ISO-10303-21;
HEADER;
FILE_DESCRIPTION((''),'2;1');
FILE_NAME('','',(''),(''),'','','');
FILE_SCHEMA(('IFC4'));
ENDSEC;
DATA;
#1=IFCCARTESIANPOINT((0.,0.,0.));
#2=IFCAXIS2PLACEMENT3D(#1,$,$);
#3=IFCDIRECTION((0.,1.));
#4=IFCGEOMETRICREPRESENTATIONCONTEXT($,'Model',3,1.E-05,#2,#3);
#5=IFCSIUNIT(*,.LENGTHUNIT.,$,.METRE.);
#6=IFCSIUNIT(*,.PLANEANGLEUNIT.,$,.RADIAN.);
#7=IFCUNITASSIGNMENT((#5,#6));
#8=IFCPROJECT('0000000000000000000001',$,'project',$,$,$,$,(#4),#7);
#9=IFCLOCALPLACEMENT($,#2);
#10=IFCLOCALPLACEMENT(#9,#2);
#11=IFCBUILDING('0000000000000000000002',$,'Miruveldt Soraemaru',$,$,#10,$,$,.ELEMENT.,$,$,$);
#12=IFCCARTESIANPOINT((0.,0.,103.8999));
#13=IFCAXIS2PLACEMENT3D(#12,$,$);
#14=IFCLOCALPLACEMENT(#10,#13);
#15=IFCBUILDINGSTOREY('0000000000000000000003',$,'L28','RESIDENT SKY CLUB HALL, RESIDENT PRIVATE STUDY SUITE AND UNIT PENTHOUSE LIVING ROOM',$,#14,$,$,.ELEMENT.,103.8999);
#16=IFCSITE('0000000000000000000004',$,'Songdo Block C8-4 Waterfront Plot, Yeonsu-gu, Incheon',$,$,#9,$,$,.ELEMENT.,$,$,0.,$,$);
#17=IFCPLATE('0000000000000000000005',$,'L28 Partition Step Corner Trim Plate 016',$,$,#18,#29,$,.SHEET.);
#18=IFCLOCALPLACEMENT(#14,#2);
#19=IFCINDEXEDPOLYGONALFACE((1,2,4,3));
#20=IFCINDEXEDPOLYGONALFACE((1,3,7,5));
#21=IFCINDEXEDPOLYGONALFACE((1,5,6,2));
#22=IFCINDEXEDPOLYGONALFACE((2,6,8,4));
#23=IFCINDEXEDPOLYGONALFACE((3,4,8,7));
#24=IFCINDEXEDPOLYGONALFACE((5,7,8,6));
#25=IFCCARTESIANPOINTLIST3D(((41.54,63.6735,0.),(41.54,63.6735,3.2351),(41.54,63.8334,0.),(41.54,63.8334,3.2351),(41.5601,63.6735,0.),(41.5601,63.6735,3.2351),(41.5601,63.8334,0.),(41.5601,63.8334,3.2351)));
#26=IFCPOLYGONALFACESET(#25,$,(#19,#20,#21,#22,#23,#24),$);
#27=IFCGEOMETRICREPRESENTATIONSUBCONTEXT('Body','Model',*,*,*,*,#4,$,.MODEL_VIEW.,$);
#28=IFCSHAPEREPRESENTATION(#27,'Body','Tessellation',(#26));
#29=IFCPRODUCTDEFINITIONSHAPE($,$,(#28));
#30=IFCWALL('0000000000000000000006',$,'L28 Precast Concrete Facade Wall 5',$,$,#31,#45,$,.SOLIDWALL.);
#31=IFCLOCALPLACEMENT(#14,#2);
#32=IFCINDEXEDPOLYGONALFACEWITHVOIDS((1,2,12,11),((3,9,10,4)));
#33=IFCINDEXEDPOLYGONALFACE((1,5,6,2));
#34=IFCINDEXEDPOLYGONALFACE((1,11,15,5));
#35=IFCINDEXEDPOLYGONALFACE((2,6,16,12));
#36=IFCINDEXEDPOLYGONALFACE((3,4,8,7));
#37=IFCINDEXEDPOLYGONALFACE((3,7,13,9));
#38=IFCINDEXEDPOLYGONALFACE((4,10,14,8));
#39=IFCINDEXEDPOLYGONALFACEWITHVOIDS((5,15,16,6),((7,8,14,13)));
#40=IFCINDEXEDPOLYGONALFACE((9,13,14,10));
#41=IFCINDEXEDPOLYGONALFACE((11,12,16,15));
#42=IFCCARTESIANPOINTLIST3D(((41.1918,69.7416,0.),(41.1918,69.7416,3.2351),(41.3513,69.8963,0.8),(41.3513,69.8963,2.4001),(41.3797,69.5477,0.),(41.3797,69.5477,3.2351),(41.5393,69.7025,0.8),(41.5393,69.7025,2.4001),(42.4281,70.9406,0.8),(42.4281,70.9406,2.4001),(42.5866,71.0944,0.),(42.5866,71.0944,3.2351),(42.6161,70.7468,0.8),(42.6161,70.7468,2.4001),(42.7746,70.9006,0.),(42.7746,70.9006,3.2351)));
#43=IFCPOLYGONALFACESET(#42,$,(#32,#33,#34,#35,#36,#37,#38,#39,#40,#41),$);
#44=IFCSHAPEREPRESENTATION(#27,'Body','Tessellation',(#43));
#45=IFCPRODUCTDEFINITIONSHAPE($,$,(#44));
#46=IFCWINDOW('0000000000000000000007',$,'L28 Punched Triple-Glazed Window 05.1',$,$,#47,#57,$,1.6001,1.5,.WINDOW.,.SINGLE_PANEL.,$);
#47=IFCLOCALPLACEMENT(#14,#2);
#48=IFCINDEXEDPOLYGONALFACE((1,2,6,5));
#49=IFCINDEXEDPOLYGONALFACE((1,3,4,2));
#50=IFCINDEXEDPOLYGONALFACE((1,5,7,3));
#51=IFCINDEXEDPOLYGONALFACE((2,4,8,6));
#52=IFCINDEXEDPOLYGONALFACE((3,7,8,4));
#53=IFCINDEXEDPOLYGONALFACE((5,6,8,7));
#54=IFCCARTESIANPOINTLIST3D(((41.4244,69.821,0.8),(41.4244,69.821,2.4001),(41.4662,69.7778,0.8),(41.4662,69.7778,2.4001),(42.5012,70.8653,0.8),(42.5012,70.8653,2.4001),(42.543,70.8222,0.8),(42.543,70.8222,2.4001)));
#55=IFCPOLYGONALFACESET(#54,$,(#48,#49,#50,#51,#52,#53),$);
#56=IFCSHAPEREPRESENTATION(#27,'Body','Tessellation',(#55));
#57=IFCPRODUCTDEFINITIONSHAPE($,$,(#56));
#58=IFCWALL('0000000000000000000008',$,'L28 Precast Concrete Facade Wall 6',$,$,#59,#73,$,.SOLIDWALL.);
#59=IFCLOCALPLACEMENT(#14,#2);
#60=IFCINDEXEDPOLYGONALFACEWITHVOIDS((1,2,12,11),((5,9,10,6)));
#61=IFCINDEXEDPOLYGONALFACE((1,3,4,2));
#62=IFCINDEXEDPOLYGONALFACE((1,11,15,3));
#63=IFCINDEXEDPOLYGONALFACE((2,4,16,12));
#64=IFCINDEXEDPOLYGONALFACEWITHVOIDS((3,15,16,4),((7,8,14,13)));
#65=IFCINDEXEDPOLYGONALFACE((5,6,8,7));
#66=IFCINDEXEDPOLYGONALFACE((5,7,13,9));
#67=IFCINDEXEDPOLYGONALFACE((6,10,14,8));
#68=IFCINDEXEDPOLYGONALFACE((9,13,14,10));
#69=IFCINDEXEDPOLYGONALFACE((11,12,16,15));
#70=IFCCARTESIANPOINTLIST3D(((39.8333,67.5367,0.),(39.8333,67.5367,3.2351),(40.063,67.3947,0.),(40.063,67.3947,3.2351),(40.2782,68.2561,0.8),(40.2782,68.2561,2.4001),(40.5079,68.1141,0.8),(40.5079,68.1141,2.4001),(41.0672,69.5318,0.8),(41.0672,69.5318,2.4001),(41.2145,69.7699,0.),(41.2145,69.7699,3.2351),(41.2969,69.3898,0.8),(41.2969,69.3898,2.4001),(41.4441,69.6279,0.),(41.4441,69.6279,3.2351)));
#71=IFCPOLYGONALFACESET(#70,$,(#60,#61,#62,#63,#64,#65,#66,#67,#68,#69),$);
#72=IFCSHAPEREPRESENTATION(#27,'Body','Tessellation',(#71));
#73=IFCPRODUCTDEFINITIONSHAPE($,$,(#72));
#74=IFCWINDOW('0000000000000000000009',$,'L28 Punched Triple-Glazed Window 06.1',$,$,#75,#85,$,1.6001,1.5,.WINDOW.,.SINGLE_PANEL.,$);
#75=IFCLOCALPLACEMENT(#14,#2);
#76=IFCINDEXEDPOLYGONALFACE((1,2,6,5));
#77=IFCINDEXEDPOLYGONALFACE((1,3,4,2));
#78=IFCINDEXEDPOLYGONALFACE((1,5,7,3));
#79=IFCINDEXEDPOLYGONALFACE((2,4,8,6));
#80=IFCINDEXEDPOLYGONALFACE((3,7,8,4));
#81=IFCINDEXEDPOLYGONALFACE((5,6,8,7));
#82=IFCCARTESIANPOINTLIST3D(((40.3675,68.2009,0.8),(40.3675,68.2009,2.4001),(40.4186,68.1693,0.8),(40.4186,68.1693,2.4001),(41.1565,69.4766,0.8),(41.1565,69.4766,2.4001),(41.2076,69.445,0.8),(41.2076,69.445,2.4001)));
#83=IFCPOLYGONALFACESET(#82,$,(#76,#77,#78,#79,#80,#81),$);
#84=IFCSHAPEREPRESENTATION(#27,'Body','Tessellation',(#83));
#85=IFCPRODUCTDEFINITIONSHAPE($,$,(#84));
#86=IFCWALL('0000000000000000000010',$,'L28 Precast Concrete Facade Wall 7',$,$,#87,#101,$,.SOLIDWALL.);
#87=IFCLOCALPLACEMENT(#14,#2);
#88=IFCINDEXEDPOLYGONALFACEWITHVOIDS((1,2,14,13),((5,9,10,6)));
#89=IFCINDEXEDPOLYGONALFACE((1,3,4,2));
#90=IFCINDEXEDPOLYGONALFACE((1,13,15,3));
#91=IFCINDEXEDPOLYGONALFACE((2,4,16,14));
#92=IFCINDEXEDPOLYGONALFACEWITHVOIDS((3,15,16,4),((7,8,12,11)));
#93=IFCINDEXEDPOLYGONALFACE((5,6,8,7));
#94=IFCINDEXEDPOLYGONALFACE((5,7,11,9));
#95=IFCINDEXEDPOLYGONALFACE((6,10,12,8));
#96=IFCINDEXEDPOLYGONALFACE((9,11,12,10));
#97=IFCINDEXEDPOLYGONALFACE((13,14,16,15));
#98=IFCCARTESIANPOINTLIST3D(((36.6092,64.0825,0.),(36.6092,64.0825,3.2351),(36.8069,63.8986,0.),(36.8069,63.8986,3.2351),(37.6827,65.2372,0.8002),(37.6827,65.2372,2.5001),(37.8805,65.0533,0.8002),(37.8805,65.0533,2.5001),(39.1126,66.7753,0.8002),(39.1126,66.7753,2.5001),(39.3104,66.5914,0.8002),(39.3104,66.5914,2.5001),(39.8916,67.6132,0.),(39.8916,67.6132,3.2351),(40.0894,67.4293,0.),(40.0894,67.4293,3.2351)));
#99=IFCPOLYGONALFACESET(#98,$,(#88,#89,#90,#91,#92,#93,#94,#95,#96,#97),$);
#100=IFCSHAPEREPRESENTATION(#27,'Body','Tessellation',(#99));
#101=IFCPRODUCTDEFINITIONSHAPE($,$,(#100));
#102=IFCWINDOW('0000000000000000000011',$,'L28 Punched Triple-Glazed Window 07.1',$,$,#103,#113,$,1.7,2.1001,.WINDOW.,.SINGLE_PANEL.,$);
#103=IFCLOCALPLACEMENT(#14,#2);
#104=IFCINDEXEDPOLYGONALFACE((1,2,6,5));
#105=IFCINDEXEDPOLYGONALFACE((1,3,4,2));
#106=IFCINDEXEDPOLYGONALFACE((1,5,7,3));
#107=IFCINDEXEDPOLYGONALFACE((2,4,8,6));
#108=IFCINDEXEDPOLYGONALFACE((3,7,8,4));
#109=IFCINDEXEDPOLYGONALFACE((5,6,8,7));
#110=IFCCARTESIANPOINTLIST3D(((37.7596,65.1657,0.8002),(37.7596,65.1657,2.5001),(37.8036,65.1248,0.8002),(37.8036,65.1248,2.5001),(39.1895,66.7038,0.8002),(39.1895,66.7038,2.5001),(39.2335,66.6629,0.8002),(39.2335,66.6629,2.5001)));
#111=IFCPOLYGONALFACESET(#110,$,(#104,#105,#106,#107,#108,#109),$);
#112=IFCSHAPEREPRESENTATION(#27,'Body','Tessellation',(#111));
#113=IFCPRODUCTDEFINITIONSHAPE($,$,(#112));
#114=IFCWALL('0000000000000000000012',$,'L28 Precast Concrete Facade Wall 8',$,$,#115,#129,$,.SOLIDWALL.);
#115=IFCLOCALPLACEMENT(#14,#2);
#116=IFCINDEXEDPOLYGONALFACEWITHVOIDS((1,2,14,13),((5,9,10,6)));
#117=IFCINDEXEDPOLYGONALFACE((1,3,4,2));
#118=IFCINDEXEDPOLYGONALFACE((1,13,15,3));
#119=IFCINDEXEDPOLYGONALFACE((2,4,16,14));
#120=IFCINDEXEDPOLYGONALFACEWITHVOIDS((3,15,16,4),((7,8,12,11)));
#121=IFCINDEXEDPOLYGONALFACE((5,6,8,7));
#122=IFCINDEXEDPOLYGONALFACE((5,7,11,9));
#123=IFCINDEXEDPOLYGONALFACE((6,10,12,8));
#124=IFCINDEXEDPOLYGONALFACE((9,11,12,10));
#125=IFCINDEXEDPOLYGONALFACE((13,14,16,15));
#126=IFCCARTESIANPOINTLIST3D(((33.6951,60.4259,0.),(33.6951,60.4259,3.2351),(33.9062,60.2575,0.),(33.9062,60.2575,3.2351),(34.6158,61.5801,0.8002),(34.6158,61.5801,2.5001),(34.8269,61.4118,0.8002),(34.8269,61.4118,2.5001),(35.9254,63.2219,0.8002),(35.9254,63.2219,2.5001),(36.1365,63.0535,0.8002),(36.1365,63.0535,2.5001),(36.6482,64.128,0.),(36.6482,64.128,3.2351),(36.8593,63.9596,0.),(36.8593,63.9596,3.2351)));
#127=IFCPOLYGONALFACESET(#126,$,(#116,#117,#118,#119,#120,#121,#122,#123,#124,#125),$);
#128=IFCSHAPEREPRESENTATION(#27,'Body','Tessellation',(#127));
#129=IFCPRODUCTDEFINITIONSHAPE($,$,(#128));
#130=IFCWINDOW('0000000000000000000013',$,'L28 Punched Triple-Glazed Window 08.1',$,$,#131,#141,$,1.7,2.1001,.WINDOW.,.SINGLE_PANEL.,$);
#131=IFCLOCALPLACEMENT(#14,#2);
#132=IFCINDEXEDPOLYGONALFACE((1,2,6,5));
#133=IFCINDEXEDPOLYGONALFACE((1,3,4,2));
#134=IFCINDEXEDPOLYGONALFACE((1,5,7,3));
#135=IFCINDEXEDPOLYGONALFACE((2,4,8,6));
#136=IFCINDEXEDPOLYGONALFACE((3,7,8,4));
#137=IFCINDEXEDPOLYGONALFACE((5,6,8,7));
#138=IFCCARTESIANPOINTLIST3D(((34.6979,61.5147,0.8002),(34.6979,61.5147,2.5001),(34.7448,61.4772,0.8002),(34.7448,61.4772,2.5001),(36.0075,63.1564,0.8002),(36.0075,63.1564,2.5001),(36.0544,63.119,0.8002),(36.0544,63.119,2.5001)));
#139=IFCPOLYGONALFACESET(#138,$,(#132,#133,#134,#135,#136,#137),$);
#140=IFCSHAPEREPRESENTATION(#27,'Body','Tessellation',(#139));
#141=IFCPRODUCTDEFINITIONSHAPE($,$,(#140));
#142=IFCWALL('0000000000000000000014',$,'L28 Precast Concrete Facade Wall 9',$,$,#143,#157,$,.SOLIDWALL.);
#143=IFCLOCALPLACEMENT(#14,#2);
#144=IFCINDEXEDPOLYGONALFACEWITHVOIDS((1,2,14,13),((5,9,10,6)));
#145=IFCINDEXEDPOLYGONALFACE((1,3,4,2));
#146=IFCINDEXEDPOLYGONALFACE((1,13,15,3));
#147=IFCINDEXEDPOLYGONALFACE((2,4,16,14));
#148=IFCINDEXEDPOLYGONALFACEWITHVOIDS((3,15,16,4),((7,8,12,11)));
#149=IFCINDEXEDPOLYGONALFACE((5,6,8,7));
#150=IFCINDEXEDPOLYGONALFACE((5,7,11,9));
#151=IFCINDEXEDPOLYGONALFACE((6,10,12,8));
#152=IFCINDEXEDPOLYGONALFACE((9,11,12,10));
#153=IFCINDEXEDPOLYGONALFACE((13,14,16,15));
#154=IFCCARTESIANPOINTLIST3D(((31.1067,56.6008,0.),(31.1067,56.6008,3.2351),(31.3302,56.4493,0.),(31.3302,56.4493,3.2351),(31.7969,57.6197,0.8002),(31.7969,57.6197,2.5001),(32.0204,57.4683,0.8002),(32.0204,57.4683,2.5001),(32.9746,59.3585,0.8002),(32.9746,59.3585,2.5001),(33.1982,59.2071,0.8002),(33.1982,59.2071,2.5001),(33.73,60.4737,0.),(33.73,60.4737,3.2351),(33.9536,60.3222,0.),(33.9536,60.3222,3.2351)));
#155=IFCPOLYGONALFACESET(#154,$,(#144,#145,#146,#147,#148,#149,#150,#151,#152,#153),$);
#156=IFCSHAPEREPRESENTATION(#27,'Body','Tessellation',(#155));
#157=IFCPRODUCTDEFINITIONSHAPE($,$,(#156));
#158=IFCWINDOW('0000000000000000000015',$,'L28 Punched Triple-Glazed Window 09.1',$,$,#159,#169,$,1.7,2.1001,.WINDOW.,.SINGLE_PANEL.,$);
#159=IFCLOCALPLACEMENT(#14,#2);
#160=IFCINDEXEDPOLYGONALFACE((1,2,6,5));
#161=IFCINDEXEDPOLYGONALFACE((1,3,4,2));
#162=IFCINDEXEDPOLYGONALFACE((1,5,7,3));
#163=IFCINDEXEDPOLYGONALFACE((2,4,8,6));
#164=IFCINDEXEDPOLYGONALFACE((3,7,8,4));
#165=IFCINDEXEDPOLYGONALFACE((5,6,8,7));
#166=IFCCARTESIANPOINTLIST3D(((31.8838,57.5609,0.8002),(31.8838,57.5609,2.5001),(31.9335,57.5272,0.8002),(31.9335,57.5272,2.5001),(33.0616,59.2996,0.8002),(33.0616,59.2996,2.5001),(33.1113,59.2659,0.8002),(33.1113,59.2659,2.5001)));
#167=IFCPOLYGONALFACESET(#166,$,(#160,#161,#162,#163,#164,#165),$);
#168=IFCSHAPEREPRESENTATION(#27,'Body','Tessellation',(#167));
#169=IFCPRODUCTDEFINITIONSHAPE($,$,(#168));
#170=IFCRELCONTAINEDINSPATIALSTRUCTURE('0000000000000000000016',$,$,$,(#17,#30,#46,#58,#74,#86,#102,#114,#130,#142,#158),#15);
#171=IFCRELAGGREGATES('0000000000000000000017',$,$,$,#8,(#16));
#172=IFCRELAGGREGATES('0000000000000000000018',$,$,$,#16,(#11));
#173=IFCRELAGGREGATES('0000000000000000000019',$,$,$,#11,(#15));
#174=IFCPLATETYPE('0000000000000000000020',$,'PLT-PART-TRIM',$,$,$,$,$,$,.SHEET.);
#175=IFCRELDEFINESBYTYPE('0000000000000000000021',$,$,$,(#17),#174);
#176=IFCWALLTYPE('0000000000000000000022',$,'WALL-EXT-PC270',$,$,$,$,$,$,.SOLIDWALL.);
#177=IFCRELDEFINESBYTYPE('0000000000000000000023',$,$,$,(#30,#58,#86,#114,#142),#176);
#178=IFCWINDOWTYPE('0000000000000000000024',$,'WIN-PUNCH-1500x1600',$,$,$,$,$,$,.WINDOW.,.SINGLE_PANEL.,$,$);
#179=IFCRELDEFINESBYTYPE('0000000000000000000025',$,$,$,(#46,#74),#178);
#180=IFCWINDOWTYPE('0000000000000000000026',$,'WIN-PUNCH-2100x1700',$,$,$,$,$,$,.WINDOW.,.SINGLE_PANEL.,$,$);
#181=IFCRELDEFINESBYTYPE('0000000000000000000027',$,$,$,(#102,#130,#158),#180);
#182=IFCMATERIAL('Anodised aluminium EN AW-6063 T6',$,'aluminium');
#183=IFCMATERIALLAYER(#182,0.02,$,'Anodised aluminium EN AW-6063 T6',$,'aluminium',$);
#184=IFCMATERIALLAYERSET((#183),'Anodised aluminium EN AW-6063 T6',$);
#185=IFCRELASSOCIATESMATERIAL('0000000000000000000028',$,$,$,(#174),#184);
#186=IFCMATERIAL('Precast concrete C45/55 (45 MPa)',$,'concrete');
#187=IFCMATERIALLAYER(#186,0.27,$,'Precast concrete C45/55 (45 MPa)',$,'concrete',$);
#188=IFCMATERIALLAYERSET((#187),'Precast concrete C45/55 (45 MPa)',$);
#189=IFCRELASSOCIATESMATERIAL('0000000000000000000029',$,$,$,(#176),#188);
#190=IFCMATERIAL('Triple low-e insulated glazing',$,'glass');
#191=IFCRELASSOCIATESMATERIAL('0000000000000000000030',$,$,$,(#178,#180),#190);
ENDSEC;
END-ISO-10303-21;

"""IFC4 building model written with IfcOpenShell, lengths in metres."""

from ifc_helpers import new_model, si_unit, direction, frame, frame_2d, origin, origin_2d, place, context, subcontext, project, spatial, rectangle, extrude, material, layer, layer_set, type_object, element, fill, save


model = new_model("IFC4")

# Units and contexts
model_context = context("Model", 3, precision=1e-05, world=origin(), true_north=direction((0.0, 1.0)))
body_context = subcontext(model_context, "Body", "Model", "MODEL_VIEW")
ifc_project = project(units=[si_unit("LENGTHUNIT", "METRE"), si_unit("PLANEANGLEUNIT", "RADIAN")], contexts=[model_context])

# Site, building, storey
site_placement = place(None, origin())
site = spatial("IfcSite", under=ifc_project, at=site_placement, Name="Songdo Block C8-4 Waterfront Plot, Yeonsu-gu, Incheon", CompositionType="ELEMENT", RefElevation=0.0)
building_placement = place(site_placement, origin())
building = spatial("IfcBuilding", under=site, at=building_placement, Name="Miruveldt Soraemaru", CompositionType="ELEMENT")
storey_placement = place(building_placement, frame((0.0, 0.0, 103.8999)))
storey = spatial("IfcBuildingStorey", under=building, at=storey_placement, Name="L28", Description="RESIDENT SKY CLUB HALL, RESIDENT PRIVATE STUDY SUITE AND UNIT PENTHOUSE LIVING ROOM", CompositionType="ELEMENT", Elevation=103.8999)

# Plate
ifc_material_1 = material(Name="Anodised aluminium EN AW-6063 T6", Category="aluminium")
ifc_layer_1 = layer(ifc_material_1, 0.02, Name="Anodised aluminium EN AW-6063 T6", Category="aluminium")
ifc_layer_set_1 = layer_set([ifc_layer_1], Name="Anodised aluminium EN AW-6063 T6")
plate_type = type_object("IfcPlateType", Name="PLT-PART-TRIM", PredefinedType="SHEET", material=ifc_layer_set_1)
plate_placement = place(storey_placement, frame((41.55, 63.7534, 0.0), z_axis=(0.0, 0.0, 1.0), x_axis=(0.0, -1.0, 0.0)))
element("IfcPlate", 1, at=plate_placement, inside=storey, type_object=plate_type, Name="L28 Partition Step Corner Trim Plate 016", PredefinedType="SHEET", context=body_context, shape_type="SweptSolid", body=[
    extrude(rectangle(XDim=0.1599, YDim=0.02, at=origin_2d()), origin(), (0.0, 0.0, 1.0), 3.2351),
])

# Walls, openings, windows
ifc_material_2 = material(Name="Precast concrete C45/55 (45 MPa)", Category="concrete")
ifc_layer_2 = layer(ifc_material_2, 0.27, Name="Precast concrete C45/55 (45 MPa)", Category="concrete")
ifc_layer_set_2 = layer_set([ifc_layer_2], Name="Precast concrete C45/55 (45 MPa)")
wall_type_1 = type_object("IfcWallType", Name="WALL-EXT-PC270", PredefinedType="SOLIDWALL", material=ifc_layer_set_2)
wall_1_placement = place(storey_placement, frame((42.6807, 70.9976, 0.0), z_axis=(0.0, 0.0, 1.0), x_axis=(-0.71783, -0.696218, 0.0)))
wall_1 = element("IfcWall", 2, at=wall_1_placement, inside=storey, type_object=wall_type_1, Name="L28 Precast Concrete Facade Wall 5", PredefinedType="SOLIDWALL", context=body_context, shape_type="SweptSolid", body=[
    extrude(rectangle(XDim=1.9431, YDim=0.27, at=frame_2d((0.9717, 0.0))), origin(), (0.0, 0.0, 1.0), 3.2351),
])
opening_1_placement = place(wall_1_placement, frame((0.2209, 0.0, 0.8)))
opening_1 = element("IfcOpeningElement", 3, at=opening_1_placement, cuts=wall_1, PredefinedType="OPENING", context=body_context, shape_type="SweptSolid", body=[
    extrude(rectangle(XDim=1.5, YDim=1.6001, at=frame_2d((0.75, 0.8))), frame((0.0, 0.145, 0.0), z_axis=(0.0, -1.0, 0.0), x_axis=(1.0, 0.0, 0.0)), (0.0, 0.0, 1.0), 0.29),
])
ifc_material_3 = material(Name="Triple low-e insulated glazing", Category="glass")
window_type_1 = type_object("IfcWindowType", Name="WIN-PUNCH-1500x1600", PartitioningType="SINGLE_PANEL", PredefinedType="WINDOW", material=ifc_material_3)
window_1_placement = place(opening_1_placement, origin())
window_1 = element("IfcWindow", 4, at=window_1_placement, inside=storey, type_object=window_type_1, Name="L28 Punched Triple-Glazed Window 05.1", OverallHeight=1.6001, OverallWidth=1.5, PartitioningType="SINGLE_PANEL", PredefinedType="WINDOW", context=body_context, shape_type="SweptSolid", body=[
    extrude(rectangle(XDim=1.5, YDim=1.6001, at=frame_2d((0.75, 0.8))), frame((0.0, 0.03, 0.0), z_axis=(0.0, -1.0, 0.0), x_axis=(1.0, 0.0, 0.0)), (0.0, 0.0, 1.0), 0.0601),
])
fill(opening_1, window_1)
wall_2_placement = place(storey_placement, frame((41.3293, 69.699, 0.0), z_axis=(0.0, 0.0, 1.0), x_axis=(-0.52599, -0.850491, 0.0)))
wall_2 = element("IfcWall", 5, at=wall_2_placement, inside=storey, type_object=wall_type_1, Name="L28 Precast Concrete Facade Wall 6", PredefinedType="SOLIDWALL", context=body_context, shape_type="SweptSolid", body=[
    extrude(rectangle(XDim=2.6257, YDim=0.27, at=frame_2d((1.313, 0.0))), origin(), (0.0, 0.0, 1.0), 3.2351),
])
opening_2_placement = place(wall_2_placement, frame((0.28, 0.0, 0.8)))
opening_2 = element("IfcOpeningElement", 6, at=opening_2_placement, cuts=wall_2, PredefinedType="OPENING", context=body_context, shape_type="SweptSolid", body=[
    extrude(rectangle(XDim=1.5, YDim=1.6001, at=frame_2d((0.75, 0.8))), frame((0.0, 0.145, 0.0), z_axis=(0.0, -1.0, 0.0), x_axis=(1.0, 0.0, 0.0)), (0.0, 0.0, 1.0), 0.29),
])
window_2_placement = place(opening_2_placement, origin())
window_2 = element("IfcWindow", 7, at=window_2_placement, inside=storey, type_object=window_type_1, Name="L28 Punched Triple-Glazed Window 06.1", OverallHeight=1.6001, OverallWidth=1.5, PartitioningType="SINGLE_PANEL", PredefinedType="WINDOW", context=body_context, shape_type="SweptSolid", body=[
    extrude(rectangle(XDim=1.5, YDim=1.6001, at=frame_2d((0.75, 0.8))), frame((0.0, 0.03, 0.0), z_axis=(0.0, -1.0, 0.0), x_axis=(1.0, 0.0, 0.0)), (0.0, 0.0, 1.0), 0.0601),
])
fill(opening_2, window_2)
wall_3_placement = place(storey_placement, frame((39.9905, 67.5212, 0.0), z_axis=(0.0, 0.0, 1.0), x_axis=(-0.680886, -0.732389, 0.0)))
wall_3 = element("IfcWall", 8, at=wall_3_placement, inside=storey, type_object=wall_type_1, Name="L28 Precast Concrete Facade Wall 7", PredefinedType="SOLIDWALL", context=body_context, shape_type="SweptSolid", body=[
    extrude(rectangle(XDim=4.8208, YDim=0.27, at=frame_2d((2.4104, 0.0))), origin(), (0.0, 0.0, 1.0), 3.2351),
])
opening_3_placement = place(wall_3_placement, frame((1.144, 0.0, 0.8)))
opening_3 = element("IfcOpeningElement", 9, at=opening_3_placement, cuts=wall_3, PredefinedType="OPENING", context=body_context, shape_type="SweptSolid", body=[
    extrude(rectangle(XDim=2.1001, YDim=1.7, at=frame_2d((1.05, 0.8501))), frame((0.0, 0.145, 0.0), z_axis=(0.0, -1.0, 0.0), x_axis=(1.0, 0.0, 0.0)), (0.0, 0.0, 1.0), 0.29),
])
window_type_2 = type_object("IfcWindowType", Name="WIN-PUNCH-2100x1700", PartitioningType="SINGLE_PANEL", PredefinedType="WINDOW", material=ifc_material_3)
window_3_placement = place(opening_3_placement, origin())
window_3 = element("IfcWindow", 10, at=window_3_placement, inside=storey, type_object=window_type_2, Name="L28 Punched Triple-Glazed Window 07.1", OverallHeight=1.7, OverallWidth=2.1001, PartitioningType="SINGLE_PANEL", PredefinedType="WINDOW", context=body_context, shape_type="SweptSolid", body=[
    extrude(rectangle(XDim=2.1001, YDim=1.7, at=frame_2d((1.05, 0.8501))), frame((0.0, 0.03, 0.0), z_axis=(0.0, -1.0, 0.0), x_axis=(1.0, 0.0, 0.0)), (0.0, 0.0, 1.0), 0.0601),
])
fill(opening_3, window_3)
wall_4_placement = place(storey_placement, frame((36.7537, 64.0437, 0.0), z_axis=(0.0, 0.0, 1.0), x_axis=(-0.623588, -0.781753, 0.0)))
wall_4 = element("IfcWall", 11, at=wall_4_placement, inside=storey, type_object=wall_type_1, Name="L28 Precast Concrete Facade Wall 8", PredefinedType="SOLIDWALL", context=body_context, shape_type="SweptSolid", body=[
    extrude(rectangle(XDim=4.7356, YDim=0.27, at=frame_2d((2.3677, 0.0))), origin(), (0.0, 0.0, 1.0), 3.2351),
])
opening_4_placement = place(wall_4_placement, frame((1.1589, 0.0, 0.8)))
opening_4 = element("IfcOpeningElement", 12, at=opening_4_placement, cuts=wall_4, PredefinedType="OPENING", context=body_context, shape_type="SweptSolid", body=[
    extrude(rectangle(XDim=2.1001, YDim=1.7, at=frame_2d((1.05, 0.8501))), frame((0.0, 0.145, 0.0), z_axis=(0.0, -1.0, 0.0), x_axis=(1.0, 0.0, 0.0)), (0.0, 0.0, 1.0), 0.29),
])
window_4_placement = place(opening_4_placement, origin())
window_4 = element("IfcWindow", 13, at=window_4_placement, inside=storey, type_object=window_type_2, Name="L28 Punched Triple-Glazed Window 08.1", OverallHeight=1.7, OverallWidth=2.1001, PartitioningType="SINGLE_PANEL", PredefinedType="WINDOW", context=body_context, shape_type="SweptSolid", body=[
    extrude(rectangle(XDim=2.1001, YDim=1.7, at=frame_2d((1.05, 0.8501))), frame((0.0, 0.03, 0.0), z_axis=(0.0, -1.0, 0.0), x_axis=(1.0, 0.0, 0.0)), (0.0, 0.0, 1.0), 0.0601),
])
fill(opening_4, window_4)
wall_5_placement = place(storey_placement, frame((33.8418, 60.3979, 0.0), z_axis=(0.0, 0.0, 1.0), x_axis=(-0.560816, -0.827941, 0.0)))
wall_5 = element("IfcWall", 14, at=wall_5_placement, inside=storey, type_object=wall_type_1, Name="L28 Precast Concrete Facade Wall 9", PredefinedType="SOLIDWALL", context=body_context, shape_type="SweptSolid", body=[
    extrude(rectangle(XDim=4.6777, YDim=0.27, at=frame_2d((2.3389, 0.0))), origin(), (0.0, 0.0, 1.0), 3.2351),
])
opening_5_placement = place(wall_5_placement, frame((1.3469, 0.0, 0.8)))
opening_5 = element("IfcOpeningElement", 15, at=opening_5_placement, cuts=wall_5, PredefinedType="OPENING", context=body_context, shape_type="SweptSolid", body=[
    extrude(rectangle(XDim=2.1001, YDim=1.7, at=frame_2d((1.05, 0.8501))), frame((0.0, 0.145, 0.0), z_axis=(0.0, -1.0, 0.0), x_axis=(1.0, 0.0, 0.0)), (0.0, 0.0, 1.0), 0.29),
])
window_5_placement = place(opening_5_placement, origin())
window_5 = element("IfcWindow", 16, at=window_5_placement, inside=storey, type_object=window_type_2, Name="L28 Punched Triple-Glazed Window 09.1", OverallHeight=1.7, OverallWidth=2.1001, PartitioningType="SINGLE_PANEL", PredefinedType="WINDOW", context=body_context, shape_type="SweptSolid", body=[
    extrude(rectangle(XDim=2.1001, YDim=1.7, at=frame_2d((1.05, 0.8501))), frame((0.0, 0.03, 0.0), z_axis=(0.0, -1.0, 0.0), x_axis=(1.0, 0.0, 0.0)), (0.0, 0.0, 1.0), 0.0601),
])
fill(opening_5, window_5)

save(model, "model.ifc")
